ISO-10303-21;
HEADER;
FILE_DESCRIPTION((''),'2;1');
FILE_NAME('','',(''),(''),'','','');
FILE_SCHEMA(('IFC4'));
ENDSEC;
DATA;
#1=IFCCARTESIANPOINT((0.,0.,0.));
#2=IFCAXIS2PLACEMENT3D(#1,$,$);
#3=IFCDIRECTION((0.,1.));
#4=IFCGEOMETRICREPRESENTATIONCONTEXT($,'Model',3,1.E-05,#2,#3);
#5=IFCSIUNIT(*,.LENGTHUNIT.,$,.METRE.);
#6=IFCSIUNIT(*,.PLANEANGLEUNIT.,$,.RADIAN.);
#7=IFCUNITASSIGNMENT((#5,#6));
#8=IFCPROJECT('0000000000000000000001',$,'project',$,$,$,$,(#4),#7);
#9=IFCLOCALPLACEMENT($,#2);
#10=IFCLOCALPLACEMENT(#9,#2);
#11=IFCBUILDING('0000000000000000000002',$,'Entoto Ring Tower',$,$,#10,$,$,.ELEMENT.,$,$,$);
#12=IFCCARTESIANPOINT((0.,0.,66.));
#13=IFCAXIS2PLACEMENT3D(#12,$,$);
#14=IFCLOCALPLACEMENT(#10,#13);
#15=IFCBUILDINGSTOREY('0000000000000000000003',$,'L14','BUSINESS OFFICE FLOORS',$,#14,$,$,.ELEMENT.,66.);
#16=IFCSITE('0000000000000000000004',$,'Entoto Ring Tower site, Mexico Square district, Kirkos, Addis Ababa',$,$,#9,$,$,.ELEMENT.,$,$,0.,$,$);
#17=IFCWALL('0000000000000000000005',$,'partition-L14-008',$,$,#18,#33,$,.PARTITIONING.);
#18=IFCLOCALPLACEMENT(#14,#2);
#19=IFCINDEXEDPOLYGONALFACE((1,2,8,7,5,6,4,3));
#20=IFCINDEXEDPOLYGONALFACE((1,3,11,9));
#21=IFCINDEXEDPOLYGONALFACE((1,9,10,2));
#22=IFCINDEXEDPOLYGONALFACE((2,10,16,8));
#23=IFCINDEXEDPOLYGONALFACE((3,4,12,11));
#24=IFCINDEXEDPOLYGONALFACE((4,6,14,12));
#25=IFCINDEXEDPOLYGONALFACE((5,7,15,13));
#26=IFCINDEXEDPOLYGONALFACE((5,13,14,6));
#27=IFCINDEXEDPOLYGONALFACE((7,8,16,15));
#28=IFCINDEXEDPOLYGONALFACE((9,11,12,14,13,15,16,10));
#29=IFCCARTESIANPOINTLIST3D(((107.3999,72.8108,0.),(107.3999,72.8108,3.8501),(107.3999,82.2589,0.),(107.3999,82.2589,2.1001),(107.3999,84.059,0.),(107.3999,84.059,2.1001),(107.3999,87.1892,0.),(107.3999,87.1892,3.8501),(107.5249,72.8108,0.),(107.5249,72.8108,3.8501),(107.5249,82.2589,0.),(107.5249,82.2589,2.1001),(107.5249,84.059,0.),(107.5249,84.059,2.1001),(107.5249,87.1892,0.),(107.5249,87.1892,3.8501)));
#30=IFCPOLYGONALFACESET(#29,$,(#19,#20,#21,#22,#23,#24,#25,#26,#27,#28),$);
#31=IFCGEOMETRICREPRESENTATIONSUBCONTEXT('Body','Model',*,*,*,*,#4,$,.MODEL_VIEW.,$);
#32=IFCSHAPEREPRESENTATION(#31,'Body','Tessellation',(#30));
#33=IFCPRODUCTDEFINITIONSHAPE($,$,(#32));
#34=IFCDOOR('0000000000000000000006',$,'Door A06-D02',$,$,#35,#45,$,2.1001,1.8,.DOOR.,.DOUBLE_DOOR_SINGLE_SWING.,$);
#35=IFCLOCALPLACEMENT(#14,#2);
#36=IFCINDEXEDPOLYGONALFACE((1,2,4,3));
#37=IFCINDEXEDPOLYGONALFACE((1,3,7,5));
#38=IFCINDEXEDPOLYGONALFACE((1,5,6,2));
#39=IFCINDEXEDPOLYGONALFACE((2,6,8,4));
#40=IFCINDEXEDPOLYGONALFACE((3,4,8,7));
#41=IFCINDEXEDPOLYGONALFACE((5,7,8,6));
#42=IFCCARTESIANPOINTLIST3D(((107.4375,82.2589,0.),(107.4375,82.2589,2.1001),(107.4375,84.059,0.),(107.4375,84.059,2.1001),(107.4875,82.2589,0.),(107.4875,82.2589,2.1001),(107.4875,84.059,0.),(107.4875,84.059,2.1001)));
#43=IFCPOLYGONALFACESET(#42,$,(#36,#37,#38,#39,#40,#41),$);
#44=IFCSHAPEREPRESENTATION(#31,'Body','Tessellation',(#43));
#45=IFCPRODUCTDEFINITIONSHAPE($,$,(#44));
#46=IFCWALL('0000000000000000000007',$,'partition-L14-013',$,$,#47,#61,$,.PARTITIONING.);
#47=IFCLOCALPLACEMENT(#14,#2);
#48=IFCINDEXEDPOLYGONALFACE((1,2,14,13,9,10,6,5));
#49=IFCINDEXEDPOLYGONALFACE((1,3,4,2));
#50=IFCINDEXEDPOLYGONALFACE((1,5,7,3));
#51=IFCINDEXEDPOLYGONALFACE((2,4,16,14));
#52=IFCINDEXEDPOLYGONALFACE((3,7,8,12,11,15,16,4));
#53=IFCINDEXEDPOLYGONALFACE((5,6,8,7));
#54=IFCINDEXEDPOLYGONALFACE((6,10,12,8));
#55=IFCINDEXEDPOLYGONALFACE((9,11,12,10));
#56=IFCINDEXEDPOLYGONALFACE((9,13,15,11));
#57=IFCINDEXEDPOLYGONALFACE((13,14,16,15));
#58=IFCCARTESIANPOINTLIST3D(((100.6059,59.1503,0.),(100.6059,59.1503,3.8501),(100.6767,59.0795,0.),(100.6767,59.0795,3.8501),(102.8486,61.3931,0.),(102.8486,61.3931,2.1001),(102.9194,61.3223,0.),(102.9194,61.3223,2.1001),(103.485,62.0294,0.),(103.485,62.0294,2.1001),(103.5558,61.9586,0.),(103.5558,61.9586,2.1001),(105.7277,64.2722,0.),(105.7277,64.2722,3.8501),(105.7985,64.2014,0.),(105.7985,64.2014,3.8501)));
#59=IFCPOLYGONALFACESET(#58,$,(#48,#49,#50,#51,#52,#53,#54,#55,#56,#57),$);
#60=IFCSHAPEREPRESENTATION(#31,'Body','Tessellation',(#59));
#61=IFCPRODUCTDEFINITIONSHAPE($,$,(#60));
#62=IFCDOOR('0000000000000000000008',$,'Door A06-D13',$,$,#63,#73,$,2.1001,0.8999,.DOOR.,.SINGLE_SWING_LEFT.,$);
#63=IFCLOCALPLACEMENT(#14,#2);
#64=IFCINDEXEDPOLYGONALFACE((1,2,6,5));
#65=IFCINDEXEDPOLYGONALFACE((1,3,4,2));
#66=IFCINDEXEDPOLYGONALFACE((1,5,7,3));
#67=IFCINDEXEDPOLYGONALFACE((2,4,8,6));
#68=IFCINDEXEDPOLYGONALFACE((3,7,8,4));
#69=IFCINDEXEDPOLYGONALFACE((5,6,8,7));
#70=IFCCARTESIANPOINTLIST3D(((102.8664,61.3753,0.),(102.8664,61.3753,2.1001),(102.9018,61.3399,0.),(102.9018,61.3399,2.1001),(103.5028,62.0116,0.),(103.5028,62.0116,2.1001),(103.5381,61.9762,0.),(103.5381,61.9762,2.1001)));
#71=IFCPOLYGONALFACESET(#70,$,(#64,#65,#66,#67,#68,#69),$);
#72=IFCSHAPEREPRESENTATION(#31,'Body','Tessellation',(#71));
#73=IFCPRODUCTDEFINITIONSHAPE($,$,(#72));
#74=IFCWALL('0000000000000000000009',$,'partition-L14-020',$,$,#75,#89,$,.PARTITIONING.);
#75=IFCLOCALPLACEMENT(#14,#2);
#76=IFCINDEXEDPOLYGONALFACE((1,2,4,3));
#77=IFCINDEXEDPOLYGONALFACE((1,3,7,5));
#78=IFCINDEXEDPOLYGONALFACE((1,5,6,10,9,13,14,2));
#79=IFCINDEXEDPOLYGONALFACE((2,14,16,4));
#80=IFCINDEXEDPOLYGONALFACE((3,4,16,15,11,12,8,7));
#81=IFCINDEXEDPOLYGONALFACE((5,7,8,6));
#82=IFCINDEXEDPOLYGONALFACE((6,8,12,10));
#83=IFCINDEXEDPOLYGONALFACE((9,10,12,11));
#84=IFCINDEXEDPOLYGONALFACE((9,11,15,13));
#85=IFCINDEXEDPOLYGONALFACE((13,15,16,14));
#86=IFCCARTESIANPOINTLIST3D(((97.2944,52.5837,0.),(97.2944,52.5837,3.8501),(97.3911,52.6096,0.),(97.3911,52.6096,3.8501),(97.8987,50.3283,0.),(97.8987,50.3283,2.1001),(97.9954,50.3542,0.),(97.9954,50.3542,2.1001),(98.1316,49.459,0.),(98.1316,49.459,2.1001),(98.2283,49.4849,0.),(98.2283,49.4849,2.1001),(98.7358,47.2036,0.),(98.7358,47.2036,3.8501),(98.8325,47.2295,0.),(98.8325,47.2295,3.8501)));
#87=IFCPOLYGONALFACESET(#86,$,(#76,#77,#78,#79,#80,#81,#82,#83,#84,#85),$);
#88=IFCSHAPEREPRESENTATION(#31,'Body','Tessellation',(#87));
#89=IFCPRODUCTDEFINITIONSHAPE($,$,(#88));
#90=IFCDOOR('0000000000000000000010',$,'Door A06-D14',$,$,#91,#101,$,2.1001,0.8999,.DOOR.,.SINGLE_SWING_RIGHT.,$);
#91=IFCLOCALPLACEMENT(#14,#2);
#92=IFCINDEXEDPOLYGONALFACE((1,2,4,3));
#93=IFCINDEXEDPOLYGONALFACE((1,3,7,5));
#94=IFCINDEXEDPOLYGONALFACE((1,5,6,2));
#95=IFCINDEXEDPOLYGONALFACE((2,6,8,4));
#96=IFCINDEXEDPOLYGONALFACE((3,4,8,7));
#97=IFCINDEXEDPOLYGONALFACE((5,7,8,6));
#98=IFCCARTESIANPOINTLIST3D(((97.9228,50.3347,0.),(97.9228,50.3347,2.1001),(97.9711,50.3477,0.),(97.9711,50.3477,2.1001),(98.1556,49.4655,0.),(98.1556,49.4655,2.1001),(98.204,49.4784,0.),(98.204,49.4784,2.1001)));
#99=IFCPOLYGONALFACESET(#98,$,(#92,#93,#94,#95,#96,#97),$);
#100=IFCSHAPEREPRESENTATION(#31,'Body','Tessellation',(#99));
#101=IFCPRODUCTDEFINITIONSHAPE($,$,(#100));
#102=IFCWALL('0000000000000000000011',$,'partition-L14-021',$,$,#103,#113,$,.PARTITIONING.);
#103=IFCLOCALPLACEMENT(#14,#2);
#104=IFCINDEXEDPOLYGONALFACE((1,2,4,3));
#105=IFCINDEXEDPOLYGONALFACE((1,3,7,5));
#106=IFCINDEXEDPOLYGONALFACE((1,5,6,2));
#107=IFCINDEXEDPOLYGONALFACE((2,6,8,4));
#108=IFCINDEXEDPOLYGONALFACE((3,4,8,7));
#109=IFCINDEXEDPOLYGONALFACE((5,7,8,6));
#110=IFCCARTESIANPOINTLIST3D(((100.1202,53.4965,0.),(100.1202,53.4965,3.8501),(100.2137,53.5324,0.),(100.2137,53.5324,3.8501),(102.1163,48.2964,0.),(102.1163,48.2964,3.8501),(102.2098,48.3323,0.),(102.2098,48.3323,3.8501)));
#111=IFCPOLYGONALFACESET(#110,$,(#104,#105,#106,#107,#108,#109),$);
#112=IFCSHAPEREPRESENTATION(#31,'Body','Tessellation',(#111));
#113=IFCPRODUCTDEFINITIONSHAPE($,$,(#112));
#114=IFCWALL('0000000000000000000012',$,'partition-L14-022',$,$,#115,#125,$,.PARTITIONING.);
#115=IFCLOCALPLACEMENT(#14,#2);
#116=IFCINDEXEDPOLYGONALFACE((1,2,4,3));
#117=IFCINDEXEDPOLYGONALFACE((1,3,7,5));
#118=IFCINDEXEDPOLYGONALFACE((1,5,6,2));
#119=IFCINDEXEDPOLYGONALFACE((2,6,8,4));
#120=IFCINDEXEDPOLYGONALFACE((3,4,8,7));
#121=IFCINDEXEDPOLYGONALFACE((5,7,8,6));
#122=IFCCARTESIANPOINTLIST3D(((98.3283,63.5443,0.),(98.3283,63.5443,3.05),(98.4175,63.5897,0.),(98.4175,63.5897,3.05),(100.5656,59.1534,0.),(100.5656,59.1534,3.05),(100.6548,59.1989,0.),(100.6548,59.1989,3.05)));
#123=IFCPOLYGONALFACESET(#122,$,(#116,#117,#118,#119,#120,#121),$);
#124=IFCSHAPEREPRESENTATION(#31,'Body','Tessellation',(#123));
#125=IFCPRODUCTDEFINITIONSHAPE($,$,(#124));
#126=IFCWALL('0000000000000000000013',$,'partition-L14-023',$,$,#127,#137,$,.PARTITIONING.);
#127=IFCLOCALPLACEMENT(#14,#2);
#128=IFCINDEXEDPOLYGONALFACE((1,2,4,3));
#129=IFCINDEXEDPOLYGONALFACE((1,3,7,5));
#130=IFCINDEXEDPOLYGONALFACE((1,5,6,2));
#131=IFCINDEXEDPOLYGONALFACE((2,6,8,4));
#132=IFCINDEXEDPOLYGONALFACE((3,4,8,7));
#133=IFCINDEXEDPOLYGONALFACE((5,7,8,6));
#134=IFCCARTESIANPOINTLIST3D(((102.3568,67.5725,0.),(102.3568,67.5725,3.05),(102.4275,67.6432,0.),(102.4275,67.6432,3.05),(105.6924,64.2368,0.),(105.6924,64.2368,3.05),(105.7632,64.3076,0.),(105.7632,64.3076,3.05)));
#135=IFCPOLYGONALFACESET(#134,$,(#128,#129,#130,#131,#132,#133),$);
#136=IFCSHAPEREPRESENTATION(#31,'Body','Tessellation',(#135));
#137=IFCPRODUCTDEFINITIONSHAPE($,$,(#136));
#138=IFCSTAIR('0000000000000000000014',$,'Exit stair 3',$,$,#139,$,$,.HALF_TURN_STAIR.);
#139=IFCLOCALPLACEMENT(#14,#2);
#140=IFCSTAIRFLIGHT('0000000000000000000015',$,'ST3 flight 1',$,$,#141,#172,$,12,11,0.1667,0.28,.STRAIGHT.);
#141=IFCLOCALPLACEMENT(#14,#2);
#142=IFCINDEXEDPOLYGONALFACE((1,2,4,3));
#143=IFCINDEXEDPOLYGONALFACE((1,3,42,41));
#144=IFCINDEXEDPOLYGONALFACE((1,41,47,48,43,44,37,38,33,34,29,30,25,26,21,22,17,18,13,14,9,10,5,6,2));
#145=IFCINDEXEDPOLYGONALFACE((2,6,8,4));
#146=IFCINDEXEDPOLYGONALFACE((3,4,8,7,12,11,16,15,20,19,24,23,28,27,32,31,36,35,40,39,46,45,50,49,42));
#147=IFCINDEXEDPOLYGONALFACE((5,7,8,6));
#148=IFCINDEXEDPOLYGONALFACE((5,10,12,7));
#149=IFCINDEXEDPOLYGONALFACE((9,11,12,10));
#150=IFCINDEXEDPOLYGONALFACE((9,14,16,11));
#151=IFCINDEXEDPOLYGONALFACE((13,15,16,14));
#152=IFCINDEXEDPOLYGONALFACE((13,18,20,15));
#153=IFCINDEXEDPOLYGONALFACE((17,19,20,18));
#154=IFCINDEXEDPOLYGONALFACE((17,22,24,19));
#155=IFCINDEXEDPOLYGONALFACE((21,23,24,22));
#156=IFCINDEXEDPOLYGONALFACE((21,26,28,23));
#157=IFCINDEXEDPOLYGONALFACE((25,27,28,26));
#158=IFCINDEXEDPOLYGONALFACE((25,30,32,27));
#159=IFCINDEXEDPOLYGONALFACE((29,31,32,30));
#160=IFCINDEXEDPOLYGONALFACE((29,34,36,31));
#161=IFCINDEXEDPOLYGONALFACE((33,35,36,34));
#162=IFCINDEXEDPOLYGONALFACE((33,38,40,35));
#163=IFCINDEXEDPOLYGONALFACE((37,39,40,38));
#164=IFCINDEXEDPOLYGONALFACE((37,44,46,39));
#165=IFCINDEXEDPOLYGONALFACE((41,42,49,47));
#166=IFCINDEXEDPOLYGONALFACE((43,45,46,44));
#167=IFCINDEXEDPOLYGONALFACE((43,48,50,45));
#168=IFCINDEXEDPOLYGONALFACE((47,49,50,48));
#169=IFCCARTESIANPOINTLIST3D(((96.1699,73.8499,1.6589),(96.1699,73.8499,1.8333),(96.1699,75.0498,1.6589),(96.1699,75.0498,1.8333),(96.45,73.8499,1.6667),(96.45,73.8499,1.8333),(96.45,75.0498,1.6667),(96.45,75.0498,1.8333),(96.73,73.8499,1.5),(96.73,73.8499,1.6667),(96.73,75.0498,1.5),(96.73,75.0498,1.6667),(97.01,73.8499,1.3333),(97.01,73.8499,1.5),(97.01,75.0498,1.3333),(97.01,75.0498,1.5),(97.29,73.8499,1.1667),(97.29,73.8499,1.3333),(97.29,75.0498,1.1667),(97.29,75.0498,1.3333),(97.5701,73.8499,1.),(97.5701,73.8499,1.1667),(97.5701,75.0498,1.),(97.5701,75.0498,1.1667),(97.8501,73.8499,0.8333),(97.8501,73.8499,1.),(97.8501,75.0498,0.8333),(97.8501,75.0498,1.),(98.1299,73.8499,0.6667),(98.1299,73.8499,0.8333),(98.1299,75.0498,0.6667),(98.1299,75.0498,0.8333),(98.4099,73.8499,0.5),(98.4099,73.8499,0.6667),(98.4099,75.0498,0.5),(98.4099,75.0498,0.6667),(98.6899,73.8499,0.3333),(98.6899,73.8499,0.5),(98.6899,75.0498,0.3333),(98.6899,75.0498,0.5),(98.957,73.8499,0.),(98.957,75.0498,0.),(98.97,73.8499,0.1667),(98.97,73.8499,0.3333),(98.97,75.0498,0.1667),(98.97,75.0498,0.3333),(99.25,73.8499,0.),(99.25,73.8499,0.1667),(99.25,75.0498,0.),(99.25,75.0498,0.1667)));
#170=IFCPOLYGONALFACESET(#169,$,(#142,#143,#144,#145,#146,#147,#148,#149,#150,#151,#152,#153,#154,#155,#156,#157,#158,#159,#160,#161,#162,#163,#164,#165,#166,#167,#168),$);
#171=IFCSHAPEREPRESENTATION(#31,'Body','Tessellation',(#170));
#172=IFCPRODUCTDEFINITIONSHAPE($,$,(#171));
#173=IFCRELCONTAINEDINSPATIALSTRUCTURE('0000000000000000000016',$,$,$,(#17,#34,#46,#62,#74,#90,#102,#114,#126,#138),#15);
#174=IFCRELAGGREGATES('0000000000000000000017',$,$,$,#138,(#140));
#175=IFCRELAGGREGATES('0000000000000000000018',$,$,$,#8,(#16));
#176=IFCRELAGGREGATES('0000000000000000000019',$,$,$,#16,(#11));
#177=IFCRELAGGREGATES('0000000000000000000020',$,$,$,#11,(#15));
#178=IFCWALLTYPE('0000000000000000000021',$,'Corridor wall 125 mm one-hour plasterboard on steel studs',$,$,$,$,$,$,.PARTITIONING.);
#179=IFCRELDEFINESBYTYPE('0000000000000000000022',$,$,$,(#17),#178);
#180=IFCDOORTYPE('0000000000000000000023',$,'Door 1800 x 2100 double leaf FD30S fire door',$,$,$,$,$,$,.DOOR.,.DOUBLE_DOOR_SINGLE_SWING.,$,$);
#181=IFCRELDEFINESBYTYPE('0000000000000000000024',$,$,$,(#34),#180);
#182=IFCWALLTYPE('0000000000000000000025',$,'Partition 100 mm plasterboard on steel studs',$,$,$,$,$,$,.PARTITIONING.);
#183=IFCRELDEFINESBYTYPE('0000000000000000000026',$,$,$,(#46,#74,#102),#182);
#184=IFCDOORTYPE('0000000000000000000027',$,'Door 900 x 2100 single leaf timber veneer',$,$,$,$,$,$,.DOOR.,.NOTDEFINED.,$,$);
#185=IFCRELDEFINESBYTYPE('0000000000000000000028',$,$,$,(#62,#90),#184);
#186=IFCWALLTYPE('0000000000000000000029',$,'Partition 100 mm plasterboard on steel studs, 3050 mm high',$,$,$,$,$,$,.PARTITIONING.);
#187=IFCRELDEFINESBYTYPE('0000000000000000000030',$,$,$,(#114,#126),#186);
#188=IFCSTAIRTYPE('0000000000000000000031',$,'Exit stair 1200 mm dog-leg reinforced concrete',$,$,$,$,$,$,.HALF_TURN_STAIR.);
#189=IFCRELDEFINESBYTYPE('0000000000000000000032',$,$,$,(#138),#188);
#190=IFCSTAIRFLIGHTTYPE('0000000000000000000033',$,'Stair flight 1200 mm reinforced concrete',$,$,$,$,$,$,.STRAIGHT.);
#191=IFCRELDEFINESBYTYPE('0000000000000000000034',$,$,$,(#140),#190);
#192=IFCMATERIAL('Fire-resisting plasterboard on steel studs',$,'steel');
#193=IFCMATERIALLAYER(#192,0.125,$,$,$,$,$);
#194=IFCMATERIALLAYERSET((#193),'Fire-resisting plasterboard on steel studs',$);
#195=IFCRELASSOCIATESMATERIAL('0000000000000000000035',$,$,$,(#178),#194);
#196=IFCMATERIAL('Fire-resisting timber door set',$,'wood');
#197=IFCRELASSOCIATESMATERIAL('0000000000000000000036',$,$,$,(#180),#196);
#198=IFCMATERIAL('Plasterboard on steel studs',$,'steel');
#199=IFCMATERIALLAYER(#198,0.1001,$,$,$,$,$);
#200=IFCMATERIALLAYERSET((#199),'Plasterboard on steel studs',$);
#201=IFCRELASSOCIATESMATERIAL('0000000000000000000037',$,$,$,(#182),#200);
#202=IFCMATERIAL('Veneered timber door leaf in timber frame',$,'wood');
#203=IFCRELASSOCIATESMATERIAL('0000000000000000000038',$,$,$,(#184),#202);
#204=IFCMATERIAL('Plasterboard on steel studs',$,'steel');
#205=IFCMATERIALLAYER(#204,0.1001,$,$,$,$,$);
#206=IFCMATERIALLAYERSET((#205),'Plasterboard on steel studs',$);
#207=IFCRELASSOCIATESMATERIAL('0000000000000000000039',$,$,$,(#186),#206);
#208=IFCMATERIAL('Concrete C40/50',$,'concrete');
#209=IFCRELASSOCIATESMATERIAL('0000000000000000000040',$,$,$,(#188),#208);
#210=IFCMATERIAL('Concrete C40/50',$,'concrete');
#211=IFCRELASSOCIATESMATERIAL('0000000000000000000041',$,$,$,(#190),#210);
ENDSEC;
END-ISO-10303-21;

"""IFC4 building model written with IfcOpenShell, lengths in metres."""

from ifc_helpers import new_model, si_unit, direction, frame, frame_2d, origin, place, context, subcontext, project, spatial, polyline, rectangle, outline, extrude, material, layer, layer_set, type_object, element, fill, aggregate, save


model = new_model("IFC4")

# Units and contexts
model_context = context("Model", 3, precision=1e-05, world=origin(), true_north=direction((0.0, 1.0)))
body_context = subcontext(model_context, "Body", "Model", "MODEL_VIEW")
ifc_project = project(units=[si_unit("LENGTHUNIT", "METRE"), si_unit("PLANEANGLEUNIT", "RADIAN")], contexts=[model_context])

# Site, building, storey
site_placement = place(None, origin())
site = spatial("IfcSite", under=ifc_project, at=site_placement, Name="Entoto Ring Tower site, Mexico Square district, Kirkos, Addis Ababa", CompositionType="ELEMENT", RefElevation=0.0)
building_placement = place(site_placement, origin())
building = spatial("IfcBuilding", under=site, at=building_placement, Name="Entoto Ring Tower", CompositionType="ELEMENT")
storey_placement = place(building_placement, frame((0.0, 0.0, 66.0)))
storey = spatial("IfcBuildingStorey", under=building, at=storey_placement, Name="L14", Description="BUSINESS OFFICE FLOORS", CompositionType="ELEMENT", Elevation=66.0)

# Walls, openings, doors
ifc_material_1 = material(Name="Fire-resisting plasterboard on steel studs", Category="steel")
ifc_layer_1 = layer(ifc_material_1, 0.125)
ifc_layer_set_1 = layer_set([ifc_layer_1], Name="Fire-resisting plasterboard on steel studs")
wall_type_1 = type_object("IfcWallType", Name="Corridor wall 125 mm one-hour plasterboard on steel studs", PredefinedType="PARTITIONING", material=ifc_layer_set_1)
wall_1_placement = place(storey_placement, frame((107.4624, 72.8108, 0.0), z_axis=(0.0, 0.0, 1.0), x_axis=(0.0, 1.0, 0.0)))
wall_1 = element("IfcWall", 1, at=wall_1_placement, inside=storey, type_object=wall_type_1, Name="partition-L14-008", PredefinedType="PARTITIONING", context=body_context, shape_type="SweptSolid", body=[
    extrude(rectangle(XDim=14.3784, YDim=0.125, at=frame_2d((7.1892, 0.0))), origin(), (0.0, 0.0, 1.0), 3.8501),
])
opening_1_placement = place(wall_1_placement, frame((9.4482, 0.0, 0.0)))
opening_1 = element("IfcOpeningElement", 2, at=opening_1_placement, cuts=wall_1, PredefinedType="OPENING", context=body_context, shape_type="SweptSolid", body=[
    extrude(rectangle(XDim=1.8, YDim=2.1001, at=frame_2d((0.8999, 1.05))), frame((0.0, 0.0725, 0.0), z_axis=(0.0, -1.0, 0.0), x_axis=(1.0, 0.0, 0.0)), (0.0, 0.0, 1.0), 0.145),
])
ifc_material_2 = material(Name="Fire-resisting timber door set", Category="wood")
door_type_1 = type_object("IfcDoorType", Name="Door 1800 x 2100 double leaf FD30S fire door", OperationType="DOUBLE_DOOR_SINGLE_SWING", PredefinedType="DOOR", material=ifc_material_2)
door_1_placement = place(opening_1_placement, origin())
door_1 = element("IfcDoor", 3, at=door_1_placement, inside=storey, type_object=door_type_1, Name="Door A06-D02", OperationType="DOUBLE_DOOR_SINGLE_SWING", OverallHeight=2.1001, OverallWidth=1.8, PredefinedType="DOOR", context=body_context, shape_type="SweptSolid", body=[
    extrude(rectangle(XDim=1.8, YDim=2.1001, at=frame_2d((0.8999, 1.05))), frame((0.0, 0.0249, 0.0), z_axis=(0.0, -1.0, 0.0), x_axis=(1.0, 0.0, 0.0)), (0.0, 0.0, 1.0), 0.05),
])
fill(opening_1, door_1)
ifc_material_3 = material(Name="Plasterboard on steel studs", Category="steel")
ifc_layer_2 = layer(ifc_material_3, 0.1001)
ifc_layer_set_2 = layer_set([ifc_layer_2], Name="Plasterboard on steel studs")
wall_type_2 = type_object("IfcWallType", Name="Partition 100 mm plasterboard on steel studs", PredefinedType="PARTITIONING", material=ifc_layer_set_2)
wall_2_placement = place(storey_placement, frame((100.6414, 59.115, 0.0), z_axis=(0.0, 0.0, 1.0), x_axis=(0.707107, 0.707107, 0.0)))
wall_2 = element("IfcWall", 4, at=wall_2_placement, inside=storey, type_object=wall_type_2, Name="partition-L14-013", PredefinedType="PARTITIONING", context=body_context, shape_type="SweptSolid", body=[
    extrude(rectangle(XDim=7.2434, YDim=0.1001, at=frame_2d((3.6216, 0.0))), origin(), (0.0, 0.0, 1.0), 3.8501),
])
opening_2_placement = place(wall_2_placement, frame((3.1716, 0.0, 0.0)))
opening_2 = element("IfcOpeningElement", 5, at=opening_2_placement, cuts=wall_2, PredefinedType="OPENING", context=body_context, shape_type="SweptSolid", body=[
    extrude(rectangle(XDim=0.8999, YDim=2.1001, at=frame_2d((0.45, 1.05))), frame((0.0, 0.0601, 0.0), z_axis=(0.0, -1.0, 0.0), x_axis=(1.0, 0.0, 0.0)), (0.0, 0.0, 1.0), 0.1201),
])
ifc_material_4 = material(Name="Veneered timber door leaf in timber frame", Category="wood")
door_type_2 = type_object("IfcDoorType", Name="Door 900 x 2100 single leaf timber veneer", OperationType="NOTDEFINED", PredefinedType="DOOR", material=ifc_material_4)
door_2_placement = place(opening_2_placement, origin())
door_2 = element("IfcDoor", 6, at=door_2_placement, inside=storey, type_object=door_type_2, Name="Door A06-D13", OperationType="SINGLE_SWING_LEFT", OverallHeight=2.1001, OverallWidth=0.8999, PredefinedType="DOOR", context=body_context, shape_type="SweptSolid", body=[
    extrude(rectangle(XDim=0.8999, YDim=2.1001, at=frame_2d((0.45, 1.05))), frame((0.0, 0.0249, 0.0), z_axis=(0.0, -1.0, 0.0), x_axis=(1.0, 0.0, 0.0)), (0.0, 0.0, 1.0), 0.05),
])
fill(opening_2, door_2)
wall_3_placement = place(storey_placement, frame((98.7842, 47.2166, 0.0), z_axis=(0.0, 0.0, 1.0), x_axis=(-0.258786, 0.965935, 0.0)))
wall_3 = element("IfcWall", 7, at=wall_3_placement, inside=storey, type_object=wall_type_2, Name="partition-L14-020", PredefinedType="PARTITIONING", context=body_context, shape_type="SweptSolid", body=[
    extrude(rectangle(XDim=5.5698, YDim=0.1001, at=frame_2d((2.7849, 0.0))), origin(), (0.0, 0.0, 1.0), 3.8501),
])
opening_3_placement = place(wall_3_placement, frame((2.335, 0.0, 0.0)))
opening_3 = element("IfcOpeningElement", 8, at=opening_3_placement, cuts=wall_3, PredefinedType="OPENING", context=body_context, shape_type="SweptSolid", body=[
    extrude(rectangle(XDim=0.8999, YDim=2.1001, at=frame_2d((0.45, 1.05))), frame((0.0, 0.0601, 0.0), z_axis=(0.0, -1.0, 0.0), x_axis=(1.0, 0.0, 0.0)), (0.0, 0.0, 1.0), 0.1201),
])
door_3_placement = place(opening_3_placement, frame((0.8999, 0.0, 0.0), z_axis=(0.0, 0.0, 1.0), x_axis=(-1.0, 0.0, 0.0)))
door_3 = element("IfcDoor", 9, at=door_3_placement, inside=storey, type_object=door_type_2, Name="Door A06-D14", OperationType="SINGLE_SWING_RIGHT", OverallHeight=2.1001, OverallWidth=0.8999, PredefinedType="DOOR", context=body_context, shape_type="SweptSolid", body=[
    extrude(rectangle(XDim=0.8999, YDim=2.1001, at=frame_2d((0.45, 1.05))), frame((0.0, 0.0249, 0.0), z_axis=(0.0, -1.0, 0.0), x_axis=(1.0, 0.0, 0.0)), (0.0, 0.0, 1.0), 0.05),
])
fill(opening_3, door_3)

# Walls
wall_4_placement = place(storey_placement, frame((102.1631, 48.3142, 0.0), z_axis=(0.0, 0.0, 1.0), x_axis=(-0.358356, 0.933585, 0.0)))
element("IfcWall", 10, at=wall_4_placement, inside=storey, type_object=wall_type_2, Name="partition-L14-021", PredefinedType="PARTITIONING", context=body_context, shape_type="SweptSolid", body=[
    extrude(rectangle(XDim=5.5701, YDim=0.1001, at=frame_2d((2.7852, 0.0))), origin(), (0.0, 0.0, 1.0), 3.8501),
])
ifc_material_5 = material(Name="Plasterboard on steel studs", Category="steel")
ifc_layer_3 = layer(ifc_material_5, 0.1001)
ifc_layer_set_3 = layer_set([ifc_layer_3], Name="Plasterboard on steel studs")
wall_type_3 = type_object("IfcWallType", Name="Partition 100 mm plasterboard on steel studs, 3050 mm high", PredefinedType="PARTITIONING", material=ifc_layer_set_3)
wall_5_placement = place(storey_placement, frame((100.6101, 59.1763, 0.0), z_axis=(0.0, 0.0, 1.0), x_axis=(-0.453998, 0.891003, 0.0)))
element("IfcWall", 11, at=wall_5_placement, inside=storey, type_object=wall_type_3, Name="partition-L14-022", PredefinedType="PARTITIONING", context=body_context, shape_type="SweptSolid", body=[
    extrude(rectangle(XDim=4.928, YDim=0.1001, at=frame_2d((2.4639, 0.0))), origin(), (0.0, 0.0, 1.0), 3.05),
])
wall_6_placement = place(storey_placement, frame((105.7278, 64.2722, 0.0), z_axis=(0.0, 0.0, 1.0), x_axis=(-0.707107, 0.707107, 0.0)))
element("IfcWall", 12, at=wall_6_placement, inside=storey, type_object=wall_type_3, Name="partition-L14-023", PredefinedType="PARTITIONING", context=body_context, shape_type="SweptSolid", body=[
    extrude(rectangle(XDim=4.7173, YDim=0.1001, at=frame_2d((2.3586, 0.0))), origin(), (0.0, 0.0, 1.0), 3.05),
])

# Stair, stair flight
ifc_material_6 = material(Name="Concrete C40/50", Category="concrete")
stair_type = type_object("IfcStairType", Name="Exit stair 1200 mm dog-leg reinforced concrete", PredefinedType="HALF_TURN_STAIR", material=ifc_material_6)
stair_placement = place(storey_placement, origin())
stair = element("IfcStair", 13, at=stair_placement, inside=storey, type_object=stair_type, Name="Exit stair 3", PredefinedType="HALF_TURN_STAIR")
ifc_material_7 = material(Name="Concrete C40/50", Category="concrete")
stair_flight_type = type_object("IfcStairFlightType", Name="Stair flight 1200 mm reinforced concrete", PredefinedType="STRAIGHT", material=ifc_material_7)
stair_flight_placement = place(storey_placement, frame((99.25, 74.45, 0.0), z_axis=(0.0, 0.0, 1.0), x_axis=(-1.0, 0.0, 0.0)))
stair_flight = element("IfcStairFlight", 14, at=stair_flight_placement, type_object=stair_flight_type, Name="ST3 flight 1", NumberOfRisers=12, NumberOfTreads=11, PredefinedType="STRAIGHT", RiserHeight=0.1667, TreadLength=0.28, context=body_context, shape_type="SweptSolid", body=[
    extrude(outline(polyline([(0.0, 0.0), (0.0, 0.1667), (0.28, 0.1667), (0.28, 0.3333), (0.5601, 0.3333), (0.5601, 0.5), (0.8401, 0.5), (0.8401, 0.6667), (1.1201, 0.6667), (1.1201, 0.8333), (1.3999, 0.8333), (1.3999, 1.0), (1.6799, 1.0), (1.6799, 1.1667), (1.96, 1.1667), (1.96, 1.3333), (2.24, 1.3333), (2.24, 1.5), (2.52, 1.5), (2.52, 1.6667), (2.8, 1.6667), (2.8, 1.8333), (3.0801, 1.8333), (3.0801, 2.0), (3.0801, 1.6589), (0.293, 0.0), (0.0, 0.0)])), frame((0.0, 0.6001, 0.0), z_axis=(0.0, -1.0, 0.0), x_axis=(1.0, 0.0, 0.0)), (0.0, 0.0, 1.0), 1.2),
])
aggregate(stair, [stair_flight])

save(model, "model.ifc")
